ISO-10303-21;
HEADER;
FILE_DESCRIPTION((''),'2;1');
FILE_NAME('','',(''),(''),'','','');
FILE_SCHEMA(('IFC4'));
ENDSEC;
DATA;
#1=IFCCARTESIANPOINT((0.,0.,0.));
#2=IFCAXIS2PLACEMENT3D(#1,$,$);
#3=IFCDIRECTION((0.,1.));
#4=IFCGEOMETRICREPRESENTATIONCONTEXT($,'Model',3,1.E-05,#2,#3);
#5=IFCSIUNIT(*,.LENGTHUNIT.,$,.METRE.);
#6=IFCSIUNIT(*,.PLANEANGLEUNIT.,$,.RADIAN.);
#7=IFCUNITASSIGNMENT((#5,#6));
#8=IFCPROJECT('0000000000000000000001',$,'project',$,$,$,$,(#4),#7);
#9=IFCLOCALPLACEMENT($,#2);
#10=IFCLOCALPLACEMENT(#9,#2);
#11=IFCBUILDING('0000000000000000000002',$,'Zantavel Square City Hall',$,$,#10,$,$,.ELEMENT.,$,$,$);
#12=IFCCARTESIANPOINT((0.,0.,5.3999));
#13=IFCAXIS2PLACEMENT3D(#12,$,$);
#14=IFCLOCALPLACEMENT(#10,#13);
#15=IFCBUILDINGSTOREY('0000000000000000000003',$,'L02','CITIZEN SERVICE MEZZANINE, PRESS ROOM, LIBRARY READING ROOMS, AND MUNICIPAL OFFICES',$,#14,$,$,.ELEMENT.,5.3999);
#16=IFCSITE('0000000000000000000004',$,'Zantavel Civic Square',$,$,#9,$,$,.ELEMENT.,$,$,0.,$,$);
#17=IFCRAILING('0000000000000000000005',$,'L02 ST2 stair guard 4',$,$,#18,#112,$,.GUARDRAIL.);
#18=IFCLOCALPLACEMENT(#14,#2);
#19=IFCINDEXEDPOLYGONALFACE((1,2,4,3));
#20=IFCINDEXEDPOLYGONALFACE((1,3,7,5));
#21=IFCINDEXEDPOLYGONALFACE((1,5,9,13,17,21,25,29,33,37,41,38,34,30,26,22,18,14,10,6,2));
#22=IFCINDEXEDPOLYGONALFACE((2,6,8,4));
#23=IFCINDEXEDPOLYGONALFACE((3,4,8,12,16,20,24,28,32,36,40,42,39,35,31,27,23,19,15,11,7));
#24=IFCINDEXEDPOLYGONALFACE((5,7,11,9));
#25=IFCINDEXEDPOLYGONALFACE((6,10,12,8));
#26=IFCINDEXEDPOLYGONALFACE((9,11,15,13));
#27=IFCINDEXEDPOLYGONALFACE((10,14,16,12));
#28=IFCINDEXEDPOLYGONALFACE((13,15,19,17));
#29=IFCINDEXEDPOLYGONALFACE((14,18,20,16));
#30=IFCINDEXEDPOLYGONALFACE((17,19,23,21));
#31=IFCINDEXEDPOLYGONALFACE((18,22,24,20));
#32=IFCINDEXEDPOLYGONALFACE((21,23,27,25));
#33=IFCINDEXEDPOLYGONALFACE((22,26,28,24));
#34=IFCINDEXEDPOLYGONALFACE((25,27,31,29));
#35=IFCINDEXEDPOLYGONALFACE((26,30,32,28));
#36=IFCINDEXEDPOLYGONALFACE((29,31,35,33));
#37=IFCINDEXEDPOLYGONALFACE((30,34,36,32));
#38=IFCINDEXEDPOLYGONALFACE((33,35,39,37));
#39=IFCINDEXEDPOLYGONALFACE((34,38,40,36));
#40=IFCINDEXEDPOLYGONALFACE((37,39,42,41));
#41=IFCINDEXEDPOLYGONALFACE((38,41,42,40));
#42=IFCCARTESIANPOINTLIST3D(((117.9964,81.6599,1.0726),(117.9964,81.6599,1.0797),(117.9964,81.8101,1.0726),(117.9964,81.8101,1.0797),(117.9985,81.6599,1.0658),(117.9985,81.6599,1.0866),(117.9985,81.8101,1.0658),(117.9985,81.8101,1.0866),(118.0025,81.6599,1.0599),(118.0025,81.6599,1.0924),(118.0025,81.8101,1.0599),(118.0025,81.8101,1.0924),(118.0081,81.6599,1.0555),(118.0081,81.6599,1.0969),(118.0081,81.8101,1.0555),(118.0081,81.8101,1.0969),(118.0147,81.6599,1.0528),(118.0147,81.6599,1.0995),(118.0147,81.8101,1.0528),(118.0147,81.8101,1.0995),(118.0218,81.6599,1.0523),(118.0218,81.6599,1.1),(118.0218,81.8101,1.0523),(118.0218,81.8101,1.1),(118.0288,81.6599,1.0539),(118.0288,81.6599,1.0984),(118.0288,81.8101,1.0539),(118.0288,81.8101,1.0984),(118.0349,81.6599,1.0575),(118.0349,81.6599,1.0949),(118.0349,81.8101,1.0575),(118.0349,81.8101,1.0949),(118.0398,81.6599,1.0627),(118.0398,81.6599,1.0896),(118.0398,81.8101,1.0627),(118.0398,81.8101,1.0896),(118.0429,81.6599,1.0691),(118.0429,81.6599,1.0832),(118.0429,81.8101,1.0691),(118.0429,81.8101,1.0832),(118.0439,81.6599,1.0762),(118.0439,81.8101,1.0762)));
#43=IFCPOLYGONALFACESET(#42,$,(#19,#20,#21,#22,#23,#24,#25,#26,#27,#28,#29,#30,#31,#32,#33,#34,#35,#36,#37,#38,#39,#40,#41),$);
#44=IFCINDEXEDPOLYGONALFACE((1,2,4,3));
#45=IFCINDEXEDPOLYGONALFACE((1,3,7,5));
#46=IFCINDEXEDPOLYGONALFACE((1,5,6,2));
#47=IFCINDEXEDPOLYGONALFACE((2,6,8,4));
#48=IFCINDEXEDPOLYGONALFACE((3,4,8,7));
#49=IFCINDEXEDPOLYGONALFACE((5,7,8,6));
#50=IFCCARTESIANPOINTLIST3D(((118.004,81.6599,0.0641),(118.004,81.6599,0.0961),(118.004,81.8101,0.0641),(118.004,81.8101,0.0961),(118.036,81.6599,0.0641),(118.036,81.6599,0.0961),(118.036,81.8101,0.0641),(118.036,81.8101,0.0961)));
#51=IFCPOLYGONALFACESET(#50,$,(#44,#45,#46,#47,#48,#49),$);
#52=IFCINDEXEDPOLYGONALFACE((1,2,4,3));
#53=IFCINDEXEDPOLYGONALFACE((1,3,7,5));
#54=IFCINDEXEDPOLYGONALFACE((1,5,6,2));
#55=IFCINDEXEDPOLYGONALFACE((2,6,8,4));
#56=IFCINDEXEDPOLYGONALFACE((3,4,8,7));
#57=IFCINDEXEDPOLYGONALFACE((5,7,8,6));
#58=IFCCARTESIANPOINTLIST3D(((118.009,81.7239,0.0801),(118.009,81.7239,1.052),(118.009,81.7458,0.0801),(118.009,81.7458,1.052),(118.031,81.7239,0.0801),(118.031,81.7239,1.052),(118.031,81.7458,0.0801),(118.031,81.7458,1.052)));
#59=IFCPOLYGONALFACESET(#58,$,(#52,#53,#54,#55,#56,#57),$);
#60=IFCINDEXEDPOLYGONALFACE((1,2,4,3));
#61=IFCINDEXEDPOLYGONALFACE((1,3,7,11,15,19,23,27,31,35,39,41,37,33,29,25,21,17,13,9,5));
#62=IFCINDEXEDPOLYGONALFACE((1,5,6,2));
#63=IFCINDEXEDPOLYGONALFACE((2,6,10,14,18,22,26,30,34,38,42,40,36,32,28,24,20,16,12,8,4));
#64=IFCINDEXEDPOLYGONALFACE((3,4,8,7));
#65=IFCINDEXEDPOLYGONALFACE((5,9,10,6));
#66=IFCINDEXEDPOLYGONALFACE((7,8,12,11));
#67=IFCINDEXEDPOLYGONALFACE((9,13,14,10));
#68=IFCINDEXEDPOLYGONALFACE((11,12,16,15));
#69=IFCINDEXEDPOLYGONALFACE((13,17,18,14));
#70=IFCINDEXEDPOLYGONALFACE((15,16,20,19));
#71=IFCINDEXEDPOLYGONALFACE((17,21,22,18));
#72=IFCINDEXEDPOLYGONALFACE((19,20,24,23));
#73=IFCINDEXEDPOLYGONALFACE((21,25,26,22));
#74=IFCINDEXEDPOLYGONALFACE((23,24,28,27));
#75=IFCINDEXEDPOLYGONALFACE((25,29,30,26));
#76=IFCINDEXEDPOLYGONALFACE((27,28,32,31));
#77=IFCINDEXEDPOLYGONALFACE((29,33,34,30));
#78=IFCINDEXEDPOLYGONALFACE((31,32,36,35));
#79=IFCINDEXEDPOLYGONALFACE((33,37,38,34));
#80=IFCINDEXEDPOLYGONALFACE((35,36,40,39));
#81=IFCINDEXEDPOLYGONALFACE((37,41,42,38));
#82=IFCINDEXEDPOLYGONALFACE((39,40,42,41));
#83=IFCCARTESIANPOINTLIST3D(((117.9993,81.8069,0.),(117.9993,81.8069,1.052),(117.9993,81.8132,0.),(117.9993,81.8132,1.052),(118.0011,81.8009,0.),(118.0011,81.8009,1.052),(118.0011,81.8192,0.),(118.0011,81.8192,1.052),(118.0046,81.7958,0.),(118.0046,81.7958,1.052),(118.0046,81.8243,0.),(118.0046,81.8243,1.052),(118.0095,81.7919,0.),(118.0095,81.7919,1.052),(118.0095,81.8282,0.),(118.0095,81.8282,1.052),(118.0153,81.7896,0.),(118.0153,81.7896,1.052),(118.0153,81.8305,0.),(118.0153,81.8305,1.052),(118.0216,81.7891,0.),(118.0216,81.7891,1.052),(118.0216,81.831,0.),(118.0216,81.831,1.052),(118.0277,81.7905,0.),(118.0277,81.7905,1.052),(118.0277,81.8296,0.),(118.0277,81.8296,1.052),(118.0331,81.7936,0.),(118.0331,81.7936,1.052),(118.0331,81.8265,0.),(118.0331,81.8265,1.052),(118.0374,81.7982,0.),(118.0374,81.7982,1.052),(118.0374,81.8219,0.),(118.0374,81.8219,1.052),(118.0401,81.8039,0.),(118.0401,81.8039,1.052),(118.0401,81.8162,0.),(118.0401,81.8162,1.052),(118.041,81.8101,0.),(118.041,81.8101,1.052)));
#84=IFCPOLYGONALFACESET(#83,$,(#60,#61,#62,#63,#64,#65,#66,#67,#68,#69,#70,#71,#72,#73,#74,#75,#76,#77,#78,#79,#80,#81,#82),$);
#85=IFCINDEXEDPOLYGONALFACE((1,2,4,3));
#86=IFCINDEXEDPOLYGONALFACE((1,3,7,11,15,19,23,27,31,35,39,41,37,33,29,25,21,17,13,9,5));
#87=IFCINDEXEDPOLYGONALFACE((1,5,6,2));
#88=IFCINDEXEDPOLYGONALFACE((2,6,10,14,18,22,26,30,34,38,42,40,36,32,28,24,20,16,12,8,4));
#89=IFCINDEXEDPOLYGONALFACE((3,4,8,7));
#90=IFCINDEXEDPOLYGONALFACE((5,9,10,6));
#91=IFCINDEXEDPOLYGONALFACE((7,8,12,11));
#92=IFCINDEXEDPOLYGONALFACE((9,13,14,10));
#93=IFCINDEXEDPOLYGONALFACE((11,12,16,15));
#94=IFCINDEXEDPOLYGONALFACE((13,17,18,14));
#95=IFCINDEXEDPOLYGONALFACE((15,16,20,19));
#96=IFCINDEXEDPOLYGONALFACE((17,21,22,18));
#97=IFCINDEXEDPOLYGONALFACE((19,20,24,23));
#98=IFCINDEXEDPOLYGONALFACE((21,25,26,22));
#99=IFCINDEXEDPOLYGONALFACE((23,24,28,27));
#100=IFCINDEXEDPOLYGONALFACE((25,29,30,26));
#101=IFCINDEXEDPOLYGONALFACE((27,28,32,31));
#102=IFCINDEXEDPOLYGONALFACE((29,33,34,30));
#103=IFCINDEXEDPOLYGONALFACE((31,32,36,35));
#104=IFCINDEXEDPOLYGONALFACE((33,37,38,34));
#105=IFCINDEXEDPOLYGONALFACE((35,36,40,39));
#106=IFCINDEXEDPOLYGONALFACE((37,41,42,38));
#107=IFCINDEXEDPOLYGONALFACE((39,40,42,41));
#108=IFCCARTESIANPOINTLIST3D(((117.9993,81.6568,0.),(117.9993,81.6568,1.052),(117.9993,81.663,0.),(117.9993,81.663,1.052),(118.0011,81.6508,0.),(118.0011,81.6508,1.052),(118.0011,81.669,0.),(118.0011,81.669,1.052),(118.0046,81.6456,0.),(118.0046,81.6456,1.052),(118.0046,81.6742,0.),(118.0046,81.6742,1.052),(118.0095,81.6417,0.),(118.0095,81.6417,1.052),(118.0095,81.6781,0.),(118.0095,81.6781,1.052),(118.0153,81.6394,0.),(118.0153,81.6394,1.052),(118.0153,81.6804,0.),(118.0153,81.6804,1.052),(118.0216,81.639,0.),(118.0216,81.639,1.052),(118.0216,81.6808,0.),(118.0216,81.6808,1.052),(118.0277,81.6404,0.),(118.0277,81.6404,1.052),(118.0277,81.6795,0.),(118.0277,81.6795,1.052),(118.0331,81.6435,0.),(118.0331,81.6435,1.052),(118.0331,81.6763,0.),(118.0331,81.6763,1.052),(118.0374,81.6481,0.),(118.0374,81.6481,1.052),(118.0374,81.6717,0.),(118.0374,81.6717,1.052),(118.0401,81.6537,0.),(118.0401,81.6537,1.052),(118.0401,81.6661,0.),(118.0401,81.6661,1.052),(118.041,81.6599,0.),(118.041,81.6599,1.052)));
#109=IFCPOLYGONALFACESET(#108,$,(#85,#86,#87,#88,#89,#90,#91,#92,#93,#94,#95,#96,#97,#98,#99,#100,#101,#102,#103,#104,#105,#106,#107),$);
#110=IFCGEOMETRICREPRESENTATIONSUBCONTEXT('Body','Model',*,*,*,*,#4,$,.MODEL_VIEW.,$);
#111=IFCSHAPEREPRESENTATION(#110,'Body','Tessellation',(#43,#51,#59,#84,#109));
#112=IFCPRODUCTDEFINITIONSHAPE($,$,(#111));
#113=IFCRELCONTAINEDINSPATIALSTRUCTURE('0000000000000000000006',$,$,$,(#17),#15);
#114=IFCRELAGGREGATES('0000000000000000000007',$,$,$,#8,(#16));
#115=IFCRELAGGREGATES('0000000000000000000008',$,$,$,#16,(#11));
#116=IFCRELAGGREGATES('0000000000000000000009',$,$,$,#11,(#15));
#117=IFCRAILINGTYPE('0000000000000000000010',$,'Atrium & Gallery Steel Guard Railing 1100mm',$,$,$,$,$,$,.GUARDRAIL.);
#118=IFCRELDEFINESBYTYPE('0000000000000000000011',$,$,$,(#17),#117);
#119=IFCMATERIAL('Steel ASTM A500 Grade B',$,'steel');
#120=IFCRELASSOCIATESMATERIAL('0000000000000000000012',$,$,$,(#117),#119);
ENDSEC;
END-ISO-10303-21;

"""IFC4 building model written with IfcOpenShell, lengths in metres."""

from ifc_helpers import new_model, si_unit, direction, frame, origin, origin_2d, place, context, subcontext, project, spatial, rectangle, circle, extrude, material, type_object, element, save


model = new_model("IFC4")

# Units and contexts
model_context = context("Model", 3, precision=1e-05, world=origin(), true_north=direction((0.0, 1.0)))
body_context = subcontext(model_context, "Body", "Model", "MODEL_VIEW")
ifc_project = project(units=[si_unit("LENGTHUNIT", "METRE"), si_unit("PLANEANGLEUNIT", "RADIAN")], contexts=[model_context])

# Site, building, storey
site_placement = place(None, origin())
site = spatial("IfcSite", under=ifc_project, at=site_placement, Name="Zantavel Civic Square", CompositionType="ELEMENT", RefElevation=0.0)
building_placement = place(site_placement, origin())
building = spatial("IfcBuilding", under=site, at=building_placement, Name="Zantavel Square City Hall", CompositionType="ELEMENT")
storey_placement = place(building_placement, frame((0.0, 0.0, 5.3999)))
storey = spatial("IfcBuildingStorey", under=building, at=storey_placement, Name="L02", Description="CITIZEN SERVICE MEZZANINE, PRESS ROOM, LIBRARY READING ROOMS, AND MUNICIPAL OFFICES", CompositionType="ELEMENT", Elevation=5.3999)

# Shared definitions
ifc_material_1 = material(Name="Steel ASTM A500 Grade B", Category="steel")

# Railing
railing_type_1 = type_object("IfcRailingType", Name="Atrium & Gallery Steel Guard Railing 1100mm", PredefinedType="GUARDRAIL", material=ifc_material_1)
railing_1_placement = place(storey_placement, frame((118.02, 81.8101, 0.0)))
element("IfcRailing", 1, at=railing_1_placement, inside=storey, type_object=railing_type_1, Name="L02 ST2 stair guard 4", PredefinedType="GUARDRAIL", context=body_context, shape_type="SweptSolid", body=[
    extrude(circle(Radius=0.0239, at=origin_2d()), frame((0.0, 0.0, 1.0762), z_axis=(0.0, -1.0, 0.0), x_axis=(1.0, 0.0, 0.0)), (0.0, 0.0, 1.0), 0.1501),
    extrude(rectangle(XDim=0.032, YDim=0.032, at=origin_2d()), frame((0.0, 0.0, 0.0801), z_axis=(0.0, -1.0, 0.0), x_axis=(1.0, 0.0, 0.0)), (0.0, 0.0, 1.0), 0.1501),
    extrude(rectangle(XDim=0.022, YDim=0.022, at=origin_2d()), frame((0.0, -0.0752, 0.0801)), (0.0, 0.0, 1.0), 0.9719),
    extrude(circle(Radius=0.021, at=origin_2d()), origin(), (0.0, 0.0, 1.0), 1.052),
    extrude(circle(Radius=0.021, at=origin_2d()), frame((0.0, -0.1501, 0.0)), (0.0, 0.0, 1.0), 1.052),
])

save(model, "model.ifc")
